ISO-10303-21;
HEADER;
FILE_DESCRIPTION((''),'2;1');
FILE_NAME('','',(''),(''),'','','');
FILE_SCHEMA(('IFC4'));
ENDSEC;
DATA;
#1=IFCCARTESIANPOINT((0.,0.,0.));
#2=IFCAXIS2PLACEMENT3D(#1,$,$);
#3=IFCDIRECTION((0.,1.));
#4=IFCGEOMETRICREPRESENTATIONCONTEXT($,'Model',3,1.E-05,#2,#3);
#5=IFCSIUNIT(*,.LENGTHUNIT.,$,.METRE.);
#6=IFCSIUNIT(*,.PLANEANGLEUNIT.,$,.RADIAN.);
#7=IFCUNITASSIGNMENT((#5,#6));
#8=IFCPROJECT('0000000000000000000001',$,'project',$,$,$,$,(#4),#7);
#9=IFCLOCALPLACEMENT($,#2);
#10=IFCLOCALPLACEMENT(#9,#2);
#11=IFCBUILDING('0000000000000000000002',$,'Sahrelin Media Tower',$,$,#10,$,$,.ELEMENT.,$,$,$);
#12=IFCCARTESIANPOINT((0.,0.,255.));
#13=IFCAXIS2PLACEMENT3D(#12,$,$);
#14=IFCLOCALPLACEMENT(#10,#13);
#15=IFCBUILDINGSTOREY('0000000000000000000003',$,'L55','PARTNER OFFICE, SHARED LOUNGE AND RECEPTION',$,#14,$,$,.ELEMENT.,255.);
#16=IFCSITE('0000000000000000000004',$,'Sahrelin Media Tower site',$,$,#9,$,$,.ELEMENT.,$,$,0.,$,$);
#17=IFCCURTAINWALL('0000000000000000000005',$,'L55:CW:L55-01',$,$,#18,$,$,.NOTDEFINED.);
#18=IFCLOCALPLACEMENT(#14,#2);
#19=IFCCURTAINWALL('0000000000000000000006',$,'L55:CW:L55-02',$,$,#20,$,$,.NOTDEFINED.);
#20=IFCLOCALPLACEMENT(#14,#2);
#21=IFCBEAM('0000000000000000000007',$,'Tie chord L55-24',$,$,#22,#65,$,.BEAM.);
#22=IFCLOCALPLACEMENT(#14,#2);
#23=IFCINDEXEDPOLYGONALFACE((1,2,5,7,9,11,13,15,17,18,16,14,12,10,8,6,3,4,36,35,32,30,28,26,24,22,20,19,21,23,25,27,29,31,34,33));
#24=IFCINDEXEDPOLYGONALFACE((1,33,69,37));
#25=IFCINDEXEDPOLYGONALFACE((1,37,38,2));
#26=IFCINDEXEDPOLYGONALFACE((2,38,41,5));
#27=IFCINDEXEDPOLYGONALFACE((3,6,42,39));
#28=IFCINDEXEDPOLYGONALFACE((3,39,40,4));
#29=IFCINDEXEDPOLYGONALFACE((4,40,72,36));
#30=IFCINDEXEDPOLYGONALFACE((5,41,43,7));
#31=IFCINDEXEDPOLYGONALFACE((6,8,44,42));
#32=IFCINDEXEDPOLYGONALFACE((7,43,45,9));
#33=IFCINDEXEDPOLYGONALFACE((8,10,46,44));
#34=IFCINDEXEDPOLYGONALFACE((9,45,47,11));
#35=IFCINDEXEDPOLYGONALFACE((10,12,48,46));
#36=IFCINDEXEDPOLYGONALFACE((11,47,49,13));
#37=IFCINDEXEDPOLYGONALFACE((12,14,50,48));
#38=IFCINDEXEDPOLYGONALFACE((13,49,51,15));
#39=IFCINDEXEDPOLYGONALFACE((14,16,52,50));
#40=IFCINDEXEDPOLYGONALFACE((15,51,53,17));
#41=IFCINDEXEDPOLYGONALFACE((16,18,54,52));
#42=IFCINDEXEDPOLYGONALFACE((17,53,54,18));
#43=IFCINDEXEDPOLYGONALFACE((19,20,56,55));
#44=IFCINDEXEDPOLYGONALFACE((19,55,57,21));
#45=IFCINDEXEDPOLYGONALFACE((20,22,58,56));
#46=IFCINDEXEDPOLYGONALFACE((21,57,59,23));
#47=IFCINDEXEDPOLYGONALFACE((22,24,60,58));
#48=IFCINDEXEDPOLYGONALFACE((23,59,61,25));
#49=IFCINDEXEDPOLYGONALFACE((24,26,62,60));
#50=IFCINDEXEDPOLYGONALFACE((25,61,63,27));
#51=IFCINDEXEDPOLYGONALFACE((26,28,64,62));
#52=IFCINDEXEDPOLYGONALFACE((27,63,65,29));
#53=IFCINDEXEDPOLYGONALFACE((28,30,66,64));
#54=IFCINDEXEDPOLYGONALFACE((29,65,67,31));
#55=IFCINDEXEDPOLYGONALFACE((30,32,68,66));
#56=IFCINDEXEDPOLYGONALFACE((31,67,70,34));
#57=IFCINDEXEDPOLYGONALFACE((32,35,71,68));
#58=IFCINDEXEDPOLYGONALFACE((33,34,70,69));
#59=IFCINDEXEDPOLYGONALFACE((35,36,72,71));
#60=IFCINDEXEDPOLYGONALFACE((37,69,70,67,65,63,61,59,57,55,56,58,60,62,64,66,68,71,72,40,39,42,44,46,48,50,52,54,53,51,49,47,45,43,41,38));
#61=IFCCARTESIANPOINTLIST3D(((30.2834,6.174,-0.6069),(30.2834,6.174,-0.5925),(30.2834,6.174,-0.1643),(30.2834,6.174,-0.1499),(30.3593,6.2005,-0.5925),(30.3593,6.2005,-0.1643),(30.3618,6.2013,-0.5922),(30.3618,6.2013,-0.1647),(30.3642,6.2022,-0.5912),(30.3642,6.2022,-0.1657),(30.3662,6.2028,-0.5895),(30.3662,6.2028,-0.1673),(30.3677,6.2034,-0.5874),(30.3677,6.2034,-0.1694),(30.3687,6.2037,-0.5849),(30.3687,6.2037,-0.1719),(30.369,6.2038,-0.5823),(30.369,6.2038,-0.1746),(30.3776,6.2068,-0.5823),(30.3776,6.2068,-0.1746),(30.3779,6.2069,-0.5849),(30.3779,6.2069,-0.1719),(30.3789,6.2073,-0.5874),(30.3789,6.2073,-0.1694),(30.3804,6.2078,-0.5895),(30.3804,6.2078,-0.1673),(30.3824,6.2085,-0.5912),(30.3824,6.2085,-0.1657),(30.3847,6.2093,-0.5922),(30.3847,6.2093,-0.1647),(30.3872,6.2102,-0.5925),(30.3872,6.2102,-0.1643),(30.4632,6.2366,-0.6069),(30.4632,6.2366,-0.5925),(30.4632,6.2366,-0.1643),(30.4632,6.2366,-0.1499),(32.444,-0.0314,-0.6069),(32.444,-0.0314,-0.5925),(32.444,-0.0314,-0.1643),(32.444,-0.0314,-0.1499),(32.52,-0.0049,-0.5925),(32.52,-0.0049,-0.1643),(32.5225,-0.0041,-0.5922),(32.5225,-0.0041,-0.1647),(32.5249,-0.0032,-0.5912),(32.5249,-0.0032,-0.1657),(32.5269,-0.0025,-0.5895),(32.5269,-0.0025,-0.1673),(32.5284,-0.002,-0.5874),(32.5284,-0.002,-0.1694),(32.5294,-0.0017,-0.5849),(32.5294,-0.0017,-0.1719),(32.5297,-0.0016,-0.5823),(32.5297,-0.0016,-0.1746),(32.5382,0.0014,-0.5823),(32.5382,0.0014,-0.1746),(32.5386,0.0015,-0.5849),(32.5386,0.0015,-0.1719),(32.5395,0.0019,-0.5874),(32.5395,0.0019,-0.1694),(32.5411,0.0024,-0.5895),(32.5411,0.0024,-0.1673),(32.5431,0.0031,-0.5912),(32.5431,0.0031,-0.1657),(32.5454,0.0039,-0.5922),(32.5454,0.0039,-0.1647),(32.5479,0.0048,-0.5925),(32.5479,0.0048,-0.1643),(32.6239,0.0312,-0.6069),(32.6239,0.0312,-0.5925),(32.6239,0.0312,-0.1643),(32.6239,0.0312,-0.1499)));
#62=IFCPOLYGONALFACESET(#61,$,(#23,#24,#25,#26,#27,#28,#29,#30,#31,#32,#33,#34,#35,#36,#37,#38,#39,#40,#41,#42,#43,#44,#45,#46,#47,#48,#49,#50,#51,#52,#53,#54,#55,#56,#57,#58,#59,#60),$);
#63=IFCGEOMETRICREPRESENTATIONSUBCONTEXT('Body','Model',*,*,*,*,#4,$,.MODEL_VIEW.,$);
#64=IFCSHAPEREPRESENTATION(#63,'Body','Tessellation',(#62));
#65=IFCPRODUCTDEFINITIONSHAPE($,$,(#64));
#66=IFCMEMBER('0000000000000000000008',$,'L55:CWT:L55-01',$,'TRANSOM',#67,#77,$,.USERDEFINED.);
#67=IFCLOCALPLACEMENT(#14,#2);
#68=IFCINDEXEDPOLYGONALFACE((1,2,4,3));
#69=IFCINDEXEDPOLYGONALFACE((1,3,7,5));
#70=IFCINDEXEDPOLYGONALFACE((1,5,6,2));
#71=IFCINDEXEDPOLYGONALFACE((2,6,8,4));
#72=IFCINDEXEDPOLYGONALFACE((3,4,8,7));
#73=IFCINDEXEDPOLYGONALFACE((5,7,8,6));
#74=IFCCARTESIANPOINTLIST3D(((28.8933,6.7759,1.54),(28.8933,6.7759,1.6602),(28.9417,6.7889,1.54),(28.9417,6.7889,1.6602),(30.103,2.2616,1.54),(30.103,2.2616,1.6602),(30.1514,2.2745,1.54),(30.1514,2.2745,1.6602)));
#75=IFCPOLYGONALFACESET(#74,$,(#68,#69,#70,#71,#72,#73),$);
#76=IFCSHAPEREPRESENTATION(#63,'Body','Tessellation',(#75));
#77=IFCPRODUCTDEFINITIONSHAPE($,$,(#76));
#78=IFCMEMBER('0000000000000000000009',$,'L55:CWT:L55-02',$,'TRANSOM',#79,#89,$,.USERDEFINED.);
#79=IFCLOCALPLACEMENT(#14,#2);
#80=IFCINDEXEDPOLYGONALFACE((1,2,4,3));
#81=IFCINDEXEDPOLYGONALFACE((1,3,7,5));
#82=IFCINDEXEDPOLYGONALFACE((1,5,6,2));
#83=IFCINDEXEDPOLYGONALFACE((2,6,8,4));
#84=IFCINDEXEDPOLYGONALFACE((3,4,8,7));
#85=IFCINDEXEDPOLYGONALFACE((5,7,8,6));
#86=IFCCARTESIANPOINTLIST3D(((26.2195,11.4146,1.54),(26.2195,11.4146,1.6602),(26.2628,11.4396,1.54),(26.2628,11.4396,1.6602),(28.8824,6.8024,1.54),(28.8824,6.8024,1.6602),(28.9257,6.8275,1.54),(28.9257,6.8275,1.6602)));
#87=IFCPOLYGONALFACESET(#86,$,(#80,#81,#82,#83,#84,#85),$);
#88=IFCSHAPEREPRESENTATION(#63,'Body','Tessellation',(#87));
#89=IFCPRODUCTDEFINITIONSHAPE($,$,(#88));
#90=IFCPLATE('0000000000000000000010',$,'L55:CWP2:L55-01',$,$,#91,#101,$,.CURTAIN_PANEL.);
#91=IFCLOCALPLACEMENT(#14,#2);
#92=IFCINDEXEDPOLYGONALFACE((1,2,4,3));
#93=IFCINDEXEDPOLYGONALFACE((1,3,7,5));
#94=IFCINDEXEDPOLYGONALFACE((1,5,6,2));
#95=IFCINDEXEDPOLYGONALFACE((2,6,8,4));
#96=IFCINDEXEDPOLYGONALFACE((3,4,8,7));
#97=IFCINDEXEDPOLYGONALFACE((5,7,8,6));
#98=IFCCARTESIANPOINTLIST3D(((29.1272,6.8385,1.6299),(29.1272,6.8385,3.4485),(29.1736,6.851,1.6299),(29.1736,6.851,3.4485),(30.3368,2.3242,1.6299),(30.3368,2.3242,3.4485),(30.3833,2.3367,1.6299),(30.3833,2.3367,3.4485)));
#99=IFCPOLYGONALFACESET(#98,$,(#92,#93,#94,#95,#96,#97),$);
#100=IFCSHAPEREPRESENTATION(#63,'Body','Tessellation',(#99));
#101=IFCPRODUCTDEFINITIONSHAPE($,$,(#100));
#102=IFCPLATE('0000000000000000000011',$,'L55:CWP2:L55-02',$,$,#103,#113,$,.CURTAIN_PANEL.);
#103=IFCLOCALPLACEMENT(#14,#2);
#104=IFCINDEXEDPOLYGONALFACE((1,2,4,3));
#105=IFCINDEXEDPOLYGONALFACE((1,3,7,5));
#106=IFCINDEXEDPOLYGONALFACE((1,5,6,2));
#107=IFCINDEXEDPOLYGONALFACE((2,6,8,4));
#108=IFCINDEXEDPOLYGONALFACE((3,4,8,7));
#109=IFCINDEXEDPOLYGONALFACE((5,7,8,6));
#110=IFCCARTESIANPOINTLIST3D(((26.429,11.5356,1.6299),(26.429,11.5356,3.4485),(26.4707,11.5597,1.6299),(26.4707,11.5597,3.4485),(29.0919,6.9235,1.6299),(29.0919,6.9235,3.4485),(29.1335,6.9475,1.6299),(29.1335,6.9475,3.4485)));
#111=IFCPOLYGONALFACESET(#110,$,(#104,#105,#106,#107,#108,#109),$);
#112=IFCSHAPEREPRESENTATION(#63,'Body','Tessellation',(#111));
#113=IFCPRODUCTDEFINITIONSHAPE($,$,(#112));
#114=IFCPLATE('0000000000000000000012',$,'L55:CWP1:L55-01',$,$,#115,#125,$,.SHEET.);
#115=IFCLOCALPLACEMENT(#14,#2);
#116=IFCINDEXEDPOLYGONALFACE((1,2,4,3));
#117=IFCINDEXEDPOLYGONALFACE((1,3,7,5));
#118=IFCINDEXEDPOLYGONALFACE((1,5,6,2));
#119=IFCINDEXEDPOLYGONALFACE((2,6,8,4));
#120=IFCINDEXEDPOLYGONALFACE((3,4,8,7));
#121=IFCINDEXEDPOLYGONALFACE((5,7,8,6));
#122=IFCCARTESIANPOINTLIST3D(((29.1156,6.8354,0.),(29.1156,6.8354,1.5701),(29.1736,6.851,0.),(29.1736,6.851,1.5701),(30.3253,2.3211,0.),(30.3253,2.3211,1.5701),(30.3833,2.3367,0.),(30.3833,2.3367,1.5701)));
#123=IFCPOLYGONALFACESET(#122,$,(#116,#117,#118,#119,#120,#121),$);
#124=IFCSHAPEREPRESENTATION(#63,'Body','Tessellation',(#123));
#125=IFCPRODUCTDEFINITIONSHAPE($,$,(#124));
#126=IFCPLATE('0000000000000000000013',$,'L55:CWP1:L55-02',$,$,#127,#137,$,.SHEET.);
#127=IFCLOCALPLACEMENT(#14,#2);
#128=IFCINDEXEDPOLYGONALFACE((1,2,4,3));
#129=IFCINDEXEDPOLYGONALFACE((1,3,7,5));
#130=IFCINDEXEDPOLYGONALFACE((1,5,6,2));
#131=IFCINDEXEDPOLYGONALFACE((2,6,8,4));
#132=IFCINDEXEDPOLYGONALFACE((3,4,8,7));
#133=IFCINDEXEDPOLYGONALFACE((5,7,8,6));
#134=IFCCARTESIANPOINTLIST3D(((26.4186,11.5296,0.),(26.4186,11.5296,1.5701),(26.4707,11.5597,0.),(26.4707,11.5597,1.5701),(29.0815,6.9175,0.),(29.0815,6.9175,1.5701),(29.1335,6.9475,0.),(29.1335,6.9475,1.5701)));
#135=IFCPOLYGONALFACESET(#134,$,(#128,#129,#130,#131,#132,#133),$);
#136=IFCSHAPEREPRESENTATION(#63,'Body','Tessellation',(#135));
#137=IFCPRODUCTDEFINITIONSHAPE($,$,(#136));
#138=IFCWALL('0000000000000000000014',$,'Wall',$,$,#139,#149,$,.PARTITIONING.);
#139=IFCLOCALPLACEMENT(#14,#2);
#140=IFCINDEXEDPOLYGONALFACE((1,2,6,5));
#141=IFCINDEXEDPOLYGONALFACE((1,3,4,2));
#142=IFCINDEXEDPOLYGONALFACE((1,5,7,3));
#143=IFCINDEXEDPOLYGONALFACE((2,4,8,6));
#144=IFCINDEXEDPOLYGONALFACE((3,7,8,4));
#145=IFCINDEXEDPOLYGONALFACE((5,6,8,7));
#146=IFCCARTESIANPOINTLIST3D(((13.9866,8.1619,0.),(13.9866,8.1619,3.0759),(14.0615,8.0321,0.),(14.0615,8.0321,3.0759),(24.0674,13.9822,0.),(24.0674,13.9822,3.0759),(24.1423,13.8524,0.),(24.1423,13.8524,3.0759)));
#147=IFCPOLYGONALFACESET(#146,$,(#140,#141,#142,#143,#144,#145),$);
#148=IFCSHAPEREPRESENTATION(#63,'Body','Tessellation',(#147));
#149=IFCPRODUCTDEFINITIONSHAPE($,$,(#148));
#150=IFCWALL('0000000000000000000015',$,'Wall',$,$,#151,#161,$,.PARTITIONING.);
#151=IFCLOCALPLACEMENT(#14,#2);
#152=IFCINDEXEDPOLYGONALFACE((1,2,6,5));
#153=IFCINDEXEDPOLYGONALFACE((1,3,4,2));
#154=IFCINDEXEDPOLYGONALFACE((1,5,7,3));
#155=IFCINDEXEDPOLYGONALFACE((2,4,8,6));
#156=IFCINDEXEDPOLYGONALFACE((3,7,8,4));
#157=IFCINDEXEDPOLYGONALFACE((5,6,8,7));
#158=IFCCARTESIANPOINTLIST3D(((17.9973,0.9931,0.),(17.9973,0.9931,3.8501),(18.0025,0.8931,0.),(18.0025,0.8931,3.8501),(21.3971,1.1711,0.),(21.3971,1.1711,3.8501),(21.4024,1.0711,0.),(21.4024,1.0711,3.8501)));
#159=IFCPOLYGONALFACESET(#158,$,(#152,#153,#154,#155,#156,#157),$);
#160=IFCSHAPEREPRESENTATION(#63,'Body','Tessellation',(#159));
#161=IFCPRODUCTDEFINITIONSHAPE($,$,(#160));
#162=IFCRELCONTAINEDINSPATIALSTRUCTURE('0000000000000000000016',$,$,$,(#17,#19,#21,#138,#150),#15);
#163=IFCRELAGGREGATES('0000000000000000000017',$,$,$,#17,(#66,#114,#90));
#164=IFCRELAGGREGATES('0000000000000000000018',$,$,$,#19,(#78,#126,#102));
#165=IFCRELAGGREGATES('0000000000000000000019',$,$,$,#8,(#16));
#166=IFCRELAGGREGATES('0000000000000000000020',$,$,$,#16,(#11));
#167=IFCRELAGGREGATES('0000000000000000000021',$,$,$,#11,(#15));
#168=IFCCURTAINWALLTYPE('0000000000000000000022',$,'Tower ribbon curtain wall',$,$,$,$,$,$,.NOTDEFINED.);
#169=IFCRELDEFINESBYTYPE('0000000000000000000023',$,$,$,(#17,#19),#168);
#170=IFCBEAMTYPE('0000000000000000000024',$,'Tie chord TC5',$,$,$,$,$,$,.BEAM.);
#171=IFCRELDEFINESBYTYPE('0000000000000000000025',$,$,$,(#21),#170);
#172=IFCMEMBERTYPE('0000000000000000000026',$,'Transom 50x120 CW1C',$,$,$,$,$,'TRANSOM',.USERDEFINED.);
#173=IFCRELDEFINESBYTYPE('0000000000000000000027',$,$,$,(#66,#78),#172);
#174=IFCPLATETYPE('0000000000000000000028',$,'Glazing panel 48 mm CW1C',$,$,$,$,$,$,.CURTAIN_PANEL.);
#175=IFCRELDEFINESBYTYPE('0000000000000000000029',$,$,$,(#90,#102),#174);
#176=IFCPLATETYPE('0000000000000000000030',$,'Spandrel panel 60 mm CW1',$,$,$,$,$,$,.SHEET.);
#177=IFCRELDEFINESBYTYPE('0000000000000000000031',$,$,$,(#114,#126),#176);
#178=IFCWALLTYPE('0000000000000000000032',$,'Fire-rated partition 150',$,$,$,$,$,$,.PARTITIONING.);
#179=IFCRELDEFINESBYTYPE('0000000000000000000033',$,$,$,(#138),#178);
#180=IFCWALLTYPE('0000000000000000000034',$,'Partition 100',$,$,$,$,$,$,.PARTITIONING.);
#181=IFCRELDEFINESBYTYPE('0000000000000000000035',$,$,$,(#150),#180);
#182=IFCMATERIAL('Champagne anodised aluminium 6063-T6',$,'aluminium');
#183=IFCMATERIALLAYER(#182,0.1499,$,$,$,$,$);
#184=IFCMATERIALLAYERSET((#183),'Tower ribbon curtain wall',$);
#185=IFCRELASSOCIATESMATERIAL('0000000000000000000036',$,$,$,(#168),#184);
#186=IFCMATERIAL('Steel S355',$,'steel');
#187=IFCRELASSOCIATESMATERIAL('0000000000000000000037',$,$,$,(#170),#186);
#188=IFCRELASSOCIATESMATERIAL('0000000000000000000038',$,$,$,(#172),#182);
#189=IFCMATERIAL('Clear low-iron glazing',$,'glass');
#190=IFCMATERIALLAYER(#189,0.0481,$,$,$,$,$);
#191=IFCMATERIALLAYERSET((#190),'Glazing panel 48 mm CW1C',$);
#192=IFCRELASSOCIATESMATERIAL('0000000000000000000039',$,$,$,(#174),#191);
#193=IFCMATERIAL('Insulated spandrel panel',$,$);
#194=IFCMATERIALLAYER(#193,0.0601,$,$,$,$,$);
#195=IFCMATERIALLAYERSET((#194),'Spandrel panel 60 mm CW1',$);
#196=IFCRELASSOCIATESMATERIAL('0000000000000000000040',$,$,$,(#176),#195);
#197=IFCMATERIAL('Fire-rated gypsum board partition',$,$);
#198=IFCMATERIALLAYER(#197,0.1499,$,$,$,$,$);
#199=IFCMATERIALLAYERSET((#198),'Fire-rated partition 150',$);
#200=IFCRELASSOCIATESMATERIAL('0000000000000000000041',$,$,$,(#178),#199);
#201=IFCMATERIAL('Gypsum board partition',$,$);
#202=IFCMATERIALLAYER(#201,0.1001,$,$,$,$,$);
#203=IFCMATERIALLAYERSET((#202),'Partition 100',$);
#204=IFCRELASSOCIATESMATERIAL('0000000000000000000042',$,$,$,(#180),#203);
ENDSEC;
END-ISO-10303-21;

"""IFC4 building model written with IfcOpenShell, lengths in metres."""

from ifc_helpers import new_model, si_unit, direction, frame, frame_2d, origin, origin_2d, place, context, subcontext, project, spatial, polyline, rectangle, i_section, outline, extrude, material, layer, layer_set, material_profile, profile_set, type_object, element, aggregate, save


model = new_model("IFC4")

# Units and contexts
model_context = context("Model", 3, precision=1e-05, world=origin(), true_north=direction((0.0, 1.0)))
body_context = subcontext(model_context, "Body", "Model", "MODEL_VIEW")
ifc_project = project(units=[si_unit("LENGTHUNIT", "METRE"), si_unit("PLANEANGLEUNIT", "RADIAN")], contexts=[model_context])

# Site, building, storey
site_placement = place(None, origin())
site = spatial("IfcSite", under=ifc_project, at=site_placement, Name="Sahrelin Media Tower site", CompositionType="ELEMENT", RefElevation=0.0)
building_placement = place(site_placement, origin())
building = spatial("IfcBuilding", under=site, at=building_placement, Name="Sahrelin Media Tower", CompositionType="ELEMENT")
storey_placement = place(building_placement, frame((0.0, 0.0, 255.0)))
storey = spatial("IfcBuildingStorey", under=building, at=storey_placement, Name="L55", Description="PARTNER OFFICE, SHARED LOUNGE AND RECEPTION", CompositionType="ELEMENT", Elevation=255.0)

# Shared definitions
ifc_material_1 = material(Name="Steel S355", Category="steel")

# Curtain walls
ifc_material_2 = material(Name="Champagne anodised aluminium 6063-T6", Category="aluminium")
ifc_layer_1 = layer(ifc_material_2, 0.1499)
ifc_layer_set_1 = layer_set([ifc_layer_1], Name="Tower ribbon curtain wall")
curtain_wall_type = type_object("IfcCurtainWallType", Name="Tower ribbon curtain wall", PredefinedType="NOTDEFINED", material=ifc_layer_set_1)
curtain_wall_1_placement = place(storey_placement, frame((29.759, 4.5886, 0.0), z_axis=(0.0, 0.0, 1.0), x_axis=(1.0, 0.0, 0.0)))
curtain_wall_1 = element("IfcCurtainWall", 1, at=curtain_wall_1_placement, inside=storey, type_object=curtain_wall_type, Name="L55:CW:L55-01", PredefinedType="NOTDEFINED")
curtain_wall_2_placement = place(storey_placement, frame((27.7849, 9.2434, 0.0), z_axis=(0.0, 0.0, 1.0), x_axis=(1.0, 0.0, 0.0)))
curtain_wall_2 = element("IfcCurtainWall", 2, at=curtain_wall_2_placement, inside=storey, type_object=curtain_wall_type, Name="L55:CW:L55-02", PredefinedType="NOTDEFINED")

# Beam
ifc_material_profile_1 = material_profile(ifc_material_1, i_section(OverallWidth=0.1904, OverallDepth=0.457, WebThickness=0.009, FlangeThickness=0.0144, FilletRadius=0.0103, at=origin_2d()), Name="UB 457x191x74")
ifc_profile_set_1 = profile_set([ifc_material_profile_1], Name="Steel S355")
beam_type_1 = type_object("IfcBeamType", Name="Tie chord TC5", PredefinedType="BEAM", material=ifc_profile_set_1)
for number, where, z_axis, x_axis, name in (
    (3, (30.3733, 6.2053, -0.3784), (0.328829, -0.944389, 0.0), (0.944389, 0.328829, 0.0), "Tie chord L55-24"),
):
    element("IfcBeam", number, at=place(storey_placement, frame(where, z_axis=z_axis, x_axis=x_axis)), inside=storey, type_object=beam_type_1, Name=name, PredefinedType="BEAM", context=body_context, shape_type="SweptSolid", body=[
        extrude(i_section(OverallWidth=0.1904, OverallDepth=0.457, WebThickness=0.009, FlangeThickness=0.0144, FilletRadius=0.0103, at=origin_2d()), origin(), (0.0, 0.0, 1.0), 6.5708),
    ])

# Members
ifc_material_profile_2 = material_profile(ifc_material_2, rectangle(XDim=0.05, YDim=0.1201, at=origin_2d()), Name="Transom 50x120")
ifc_profile_set_2 = profile_set([ifc_material_profile_2], Name="Champagne anodised aluminium 6063-T6")
member_type_1 = type_object("IfcMemberType", Name="Transom 50x120 CW1C", ElementType="TRANSOM", PredefinedType="USERDEFINED", material=ifc_profile_set_2)
member_1_placement = place(storey_placement, frame((30.1272, 2.2681, 1.6001), z_axis=(-0.258836, 0.965921, 0.0), x_axis=(-0.965921, -0.258836, 0.0)))
member_1 = element("IfcMember", 4, at=member_1_placement, type_object=member_type_1, Name="L55:CWT:L55-01", ObjectType="TRANSOM", PredefinedType="USERDEFINED", context=body_context, shape_type="SweptSolid", body=[
    extrude(rectangle(XDim=0.05, YDim=0.1201, at=origin_2d()), origin(), (0.0, 0.0, 1.0), 4.6736),
])
member_2_placement = place(storey_placement, frame((28.9041, 6.8149, 1.6001), z_axis=(-0.500009, 0.86602, 0.0), x_axis=(-0.86602, -0.500009, 0.0)))
member_2 = element("IfcMember", 5, at=member_2_placement, type_object=member_type_1, Name="L55:CWT:L55-02", ObjectType="TRANSOM", PredefinedType="USERDEFINED", context=body_context, shape_type="SweptSolid", body=[
    extrude(rectangle(XDim=0.05, YDim=0.1201, at=origin_2d()), origin(), (0.0, 0.0, 1.0), 5.3257),
])

# Plates
ifc_material_3 = material(Name="Clear low-iron glazing", Category="glass")
ifc_layer_2 = layer(ifc_material_3, 0.0481)
ifc_layer_set_2 = layer_set([ifc_layer_2], Name="Glazing panel 48 mm CW1C")
plate_type_1 = type_object("IfcPlateType", Name="Glazing panel 48 mm CW1C", PredefinedType="CURTAIN_PANEL", material=ifc_layer_set_2)
plate_1_placement = place(storey_placement, frame((30.3833, 2.3367, 1.6299), z_axis=(0.965921, 0.258836, 0.0), x_axis=(-0.258836, 0.965921, 0.0)))
plate_1 = element("IfcPlate", 6, at=plate_1_placement, type_object=plate_type_1, Name="L55:CWP2:L55-01", PredefinedType="CURTAIN_PANEL", context=body_context, shape_type="SweptSolid", body=[
    extrude(outline(polyline([(0.0, 0.0), (4.6736, 0.0), (4.6736, 1.8186), (0.0, 1.8186), (0.0, 0.0)])), origin(), (0.0, 0.0, -1.0), 0.0481),
])
plate_2_placement = place(storey_placement, frame((29.1335, 6.9475, 1.6299), z_axis=(0.86602, 0.500009, 0.0), x_axis=(-0.500009, 0.86602, 0.0)))
plate_2 = element("IfcPlate", 7, at=plate_2_placement, type_object=plate_type_1, Name="L55:CWP2:L55-02", PredefinedType="CURTAIN_PANEL", context=body_context, shape_type="SweptSolid", body=[
    extrude(outline(polyline([(0.0, 0.0), (5.3257, 0.0), (5.3257, 1.8186), (0.0, 1.8186), (0.0, 0.0)])), origin(), (0.0, 0.0, -1.0), 0.0481),
])
ifc_material_4 = material(Name="Insulated spandrel panel")
ifc_layer_3 = layer(ifc_material_4, 0.0601)
ifc_layer_set_3 = layer_set([ifc_layer_3], Name="Spandrel panel 60 mm CW1")
plate_type_2 = type_object("IfcPlateType", Name="Spandrel panel 60 mm CW1", PredefinedType="SHEET", material=ifc_layer_set_3)
plate_3_placement = place(storey_placement, frame((30.3833, 2.3367, 0.0), z_axis=(0.965921, 0.258836, 0.0), x_axis=(-0.258836, 0.965921, 0.0)))
plate_3 = element("IfcPlate", 8, at=plate_3_placement, type_object=plate_type_2, Name="L55:CWP1:L55-01", PredefinedType="SHEET", context=body_context, shape_type="SweptSolid", body=[
    extrude(outline(polyline([(0.0, 0.0), (4.6736, 0.0), (4.6736, 1.5701), (0.0, 1.5701), (0.0, 0.0)])), origin(), (0.0, 0.0, -1.0), 0.0601),
])
aggregate(curtain_wall_1, [member_1, plate_3, plate_1])
plate_4_placement = place(storey_placement, frame((29.1335, 6.9475, 0.0), z_axis=(0.86602, 0.500009, 0.0), x_axis=(-0.500009, 0.86602, 0.0)))
plate_4 = element("IfcPlate", 9, at=plate_4_placement, type_object=plate_type_2, Name="L55:CWP1:L55-02", PredefinedType="SHEET", context=body_context, shape_type="SweptSolid", body=[
    extrude(outline(polyline([(0.0, 0.0), (5.3257, 0.0), (5.3257, 1.5701), (0.0, 1.5701), (0.0, 0.0)])), origin(), (0.0, 0.0, -1.0), 0.0601),
])
aggregate(curtain_wall_2, [member_2, plate_4, plate_2])

# Walls
ifc_material_5 = material(Name="Fire-rated gypsum board partition")
ifc_layer_4 = layer(ifc_material_5, 0.1499)
ifc_layer_set_4 = layer_set([ifc_layer_4], Name="Fire-rated partition 150")
wall_type_1 = type_object("IfcWallType", Name="Fire-rated partition 150", PredefinedType="PARTITIONING", material=ifc_layer_set_4)
wall_1_placement = place(storey_placement, frame((14.0239, 8.0969, 0.0), z_axis=(0.0, 0.0, 1.0), x_axis=(0.86602, 0.50001, 0.0)))
element("IfcWall", 10, at=wall_1_placement, inside=storey, type_object=wall_type_1, Name="Wall", PredefinedType="PARTITIONING", context=body_context, shape_type="SweptSolid", body=[
    extrude(rectangle(XDim=11.6404, YDim=0.1499, at=frame_2d((5.8203, 0.0))), origin(), (0.0, 0.0, 1.0), 3.0759),
])
ifc_material_6 = material(Name="Gypsum board partition")
ifc_layer_5 = layer(ifc_material_6, 0.1001)
ifc_layer_set_5 = layer_set([ifc_layer_5], Name="Partition 100")
wall_type_2 = type_object("IfcWallType", Name="Partition 100", PredefinedType="PARTITIONING", material=ifc_layer_set_5)
wall_2_placement = place(storey_placement, frame((18.0, 0.9431, 0.0), z_axis=(0.0, 0.0, 1.0), x_axis=(0.998633, 0.052277, 0.0)))
element("IfcWall", 11, at=wall_2_placement, inside=storey, type_object=wall_type_2, Name="Wall", PredefinedType="PARTITIONING", context=body_context, shape_type="SweptSolid", body=[
    extrude(rectangle(XDim=3.4045, YDim=0.1001, at=frame_2d((1.7021, 0.0))), origin(), (0.0, 0.0, 1.0), 3.8501),
])

save(model, "model.ifc")
